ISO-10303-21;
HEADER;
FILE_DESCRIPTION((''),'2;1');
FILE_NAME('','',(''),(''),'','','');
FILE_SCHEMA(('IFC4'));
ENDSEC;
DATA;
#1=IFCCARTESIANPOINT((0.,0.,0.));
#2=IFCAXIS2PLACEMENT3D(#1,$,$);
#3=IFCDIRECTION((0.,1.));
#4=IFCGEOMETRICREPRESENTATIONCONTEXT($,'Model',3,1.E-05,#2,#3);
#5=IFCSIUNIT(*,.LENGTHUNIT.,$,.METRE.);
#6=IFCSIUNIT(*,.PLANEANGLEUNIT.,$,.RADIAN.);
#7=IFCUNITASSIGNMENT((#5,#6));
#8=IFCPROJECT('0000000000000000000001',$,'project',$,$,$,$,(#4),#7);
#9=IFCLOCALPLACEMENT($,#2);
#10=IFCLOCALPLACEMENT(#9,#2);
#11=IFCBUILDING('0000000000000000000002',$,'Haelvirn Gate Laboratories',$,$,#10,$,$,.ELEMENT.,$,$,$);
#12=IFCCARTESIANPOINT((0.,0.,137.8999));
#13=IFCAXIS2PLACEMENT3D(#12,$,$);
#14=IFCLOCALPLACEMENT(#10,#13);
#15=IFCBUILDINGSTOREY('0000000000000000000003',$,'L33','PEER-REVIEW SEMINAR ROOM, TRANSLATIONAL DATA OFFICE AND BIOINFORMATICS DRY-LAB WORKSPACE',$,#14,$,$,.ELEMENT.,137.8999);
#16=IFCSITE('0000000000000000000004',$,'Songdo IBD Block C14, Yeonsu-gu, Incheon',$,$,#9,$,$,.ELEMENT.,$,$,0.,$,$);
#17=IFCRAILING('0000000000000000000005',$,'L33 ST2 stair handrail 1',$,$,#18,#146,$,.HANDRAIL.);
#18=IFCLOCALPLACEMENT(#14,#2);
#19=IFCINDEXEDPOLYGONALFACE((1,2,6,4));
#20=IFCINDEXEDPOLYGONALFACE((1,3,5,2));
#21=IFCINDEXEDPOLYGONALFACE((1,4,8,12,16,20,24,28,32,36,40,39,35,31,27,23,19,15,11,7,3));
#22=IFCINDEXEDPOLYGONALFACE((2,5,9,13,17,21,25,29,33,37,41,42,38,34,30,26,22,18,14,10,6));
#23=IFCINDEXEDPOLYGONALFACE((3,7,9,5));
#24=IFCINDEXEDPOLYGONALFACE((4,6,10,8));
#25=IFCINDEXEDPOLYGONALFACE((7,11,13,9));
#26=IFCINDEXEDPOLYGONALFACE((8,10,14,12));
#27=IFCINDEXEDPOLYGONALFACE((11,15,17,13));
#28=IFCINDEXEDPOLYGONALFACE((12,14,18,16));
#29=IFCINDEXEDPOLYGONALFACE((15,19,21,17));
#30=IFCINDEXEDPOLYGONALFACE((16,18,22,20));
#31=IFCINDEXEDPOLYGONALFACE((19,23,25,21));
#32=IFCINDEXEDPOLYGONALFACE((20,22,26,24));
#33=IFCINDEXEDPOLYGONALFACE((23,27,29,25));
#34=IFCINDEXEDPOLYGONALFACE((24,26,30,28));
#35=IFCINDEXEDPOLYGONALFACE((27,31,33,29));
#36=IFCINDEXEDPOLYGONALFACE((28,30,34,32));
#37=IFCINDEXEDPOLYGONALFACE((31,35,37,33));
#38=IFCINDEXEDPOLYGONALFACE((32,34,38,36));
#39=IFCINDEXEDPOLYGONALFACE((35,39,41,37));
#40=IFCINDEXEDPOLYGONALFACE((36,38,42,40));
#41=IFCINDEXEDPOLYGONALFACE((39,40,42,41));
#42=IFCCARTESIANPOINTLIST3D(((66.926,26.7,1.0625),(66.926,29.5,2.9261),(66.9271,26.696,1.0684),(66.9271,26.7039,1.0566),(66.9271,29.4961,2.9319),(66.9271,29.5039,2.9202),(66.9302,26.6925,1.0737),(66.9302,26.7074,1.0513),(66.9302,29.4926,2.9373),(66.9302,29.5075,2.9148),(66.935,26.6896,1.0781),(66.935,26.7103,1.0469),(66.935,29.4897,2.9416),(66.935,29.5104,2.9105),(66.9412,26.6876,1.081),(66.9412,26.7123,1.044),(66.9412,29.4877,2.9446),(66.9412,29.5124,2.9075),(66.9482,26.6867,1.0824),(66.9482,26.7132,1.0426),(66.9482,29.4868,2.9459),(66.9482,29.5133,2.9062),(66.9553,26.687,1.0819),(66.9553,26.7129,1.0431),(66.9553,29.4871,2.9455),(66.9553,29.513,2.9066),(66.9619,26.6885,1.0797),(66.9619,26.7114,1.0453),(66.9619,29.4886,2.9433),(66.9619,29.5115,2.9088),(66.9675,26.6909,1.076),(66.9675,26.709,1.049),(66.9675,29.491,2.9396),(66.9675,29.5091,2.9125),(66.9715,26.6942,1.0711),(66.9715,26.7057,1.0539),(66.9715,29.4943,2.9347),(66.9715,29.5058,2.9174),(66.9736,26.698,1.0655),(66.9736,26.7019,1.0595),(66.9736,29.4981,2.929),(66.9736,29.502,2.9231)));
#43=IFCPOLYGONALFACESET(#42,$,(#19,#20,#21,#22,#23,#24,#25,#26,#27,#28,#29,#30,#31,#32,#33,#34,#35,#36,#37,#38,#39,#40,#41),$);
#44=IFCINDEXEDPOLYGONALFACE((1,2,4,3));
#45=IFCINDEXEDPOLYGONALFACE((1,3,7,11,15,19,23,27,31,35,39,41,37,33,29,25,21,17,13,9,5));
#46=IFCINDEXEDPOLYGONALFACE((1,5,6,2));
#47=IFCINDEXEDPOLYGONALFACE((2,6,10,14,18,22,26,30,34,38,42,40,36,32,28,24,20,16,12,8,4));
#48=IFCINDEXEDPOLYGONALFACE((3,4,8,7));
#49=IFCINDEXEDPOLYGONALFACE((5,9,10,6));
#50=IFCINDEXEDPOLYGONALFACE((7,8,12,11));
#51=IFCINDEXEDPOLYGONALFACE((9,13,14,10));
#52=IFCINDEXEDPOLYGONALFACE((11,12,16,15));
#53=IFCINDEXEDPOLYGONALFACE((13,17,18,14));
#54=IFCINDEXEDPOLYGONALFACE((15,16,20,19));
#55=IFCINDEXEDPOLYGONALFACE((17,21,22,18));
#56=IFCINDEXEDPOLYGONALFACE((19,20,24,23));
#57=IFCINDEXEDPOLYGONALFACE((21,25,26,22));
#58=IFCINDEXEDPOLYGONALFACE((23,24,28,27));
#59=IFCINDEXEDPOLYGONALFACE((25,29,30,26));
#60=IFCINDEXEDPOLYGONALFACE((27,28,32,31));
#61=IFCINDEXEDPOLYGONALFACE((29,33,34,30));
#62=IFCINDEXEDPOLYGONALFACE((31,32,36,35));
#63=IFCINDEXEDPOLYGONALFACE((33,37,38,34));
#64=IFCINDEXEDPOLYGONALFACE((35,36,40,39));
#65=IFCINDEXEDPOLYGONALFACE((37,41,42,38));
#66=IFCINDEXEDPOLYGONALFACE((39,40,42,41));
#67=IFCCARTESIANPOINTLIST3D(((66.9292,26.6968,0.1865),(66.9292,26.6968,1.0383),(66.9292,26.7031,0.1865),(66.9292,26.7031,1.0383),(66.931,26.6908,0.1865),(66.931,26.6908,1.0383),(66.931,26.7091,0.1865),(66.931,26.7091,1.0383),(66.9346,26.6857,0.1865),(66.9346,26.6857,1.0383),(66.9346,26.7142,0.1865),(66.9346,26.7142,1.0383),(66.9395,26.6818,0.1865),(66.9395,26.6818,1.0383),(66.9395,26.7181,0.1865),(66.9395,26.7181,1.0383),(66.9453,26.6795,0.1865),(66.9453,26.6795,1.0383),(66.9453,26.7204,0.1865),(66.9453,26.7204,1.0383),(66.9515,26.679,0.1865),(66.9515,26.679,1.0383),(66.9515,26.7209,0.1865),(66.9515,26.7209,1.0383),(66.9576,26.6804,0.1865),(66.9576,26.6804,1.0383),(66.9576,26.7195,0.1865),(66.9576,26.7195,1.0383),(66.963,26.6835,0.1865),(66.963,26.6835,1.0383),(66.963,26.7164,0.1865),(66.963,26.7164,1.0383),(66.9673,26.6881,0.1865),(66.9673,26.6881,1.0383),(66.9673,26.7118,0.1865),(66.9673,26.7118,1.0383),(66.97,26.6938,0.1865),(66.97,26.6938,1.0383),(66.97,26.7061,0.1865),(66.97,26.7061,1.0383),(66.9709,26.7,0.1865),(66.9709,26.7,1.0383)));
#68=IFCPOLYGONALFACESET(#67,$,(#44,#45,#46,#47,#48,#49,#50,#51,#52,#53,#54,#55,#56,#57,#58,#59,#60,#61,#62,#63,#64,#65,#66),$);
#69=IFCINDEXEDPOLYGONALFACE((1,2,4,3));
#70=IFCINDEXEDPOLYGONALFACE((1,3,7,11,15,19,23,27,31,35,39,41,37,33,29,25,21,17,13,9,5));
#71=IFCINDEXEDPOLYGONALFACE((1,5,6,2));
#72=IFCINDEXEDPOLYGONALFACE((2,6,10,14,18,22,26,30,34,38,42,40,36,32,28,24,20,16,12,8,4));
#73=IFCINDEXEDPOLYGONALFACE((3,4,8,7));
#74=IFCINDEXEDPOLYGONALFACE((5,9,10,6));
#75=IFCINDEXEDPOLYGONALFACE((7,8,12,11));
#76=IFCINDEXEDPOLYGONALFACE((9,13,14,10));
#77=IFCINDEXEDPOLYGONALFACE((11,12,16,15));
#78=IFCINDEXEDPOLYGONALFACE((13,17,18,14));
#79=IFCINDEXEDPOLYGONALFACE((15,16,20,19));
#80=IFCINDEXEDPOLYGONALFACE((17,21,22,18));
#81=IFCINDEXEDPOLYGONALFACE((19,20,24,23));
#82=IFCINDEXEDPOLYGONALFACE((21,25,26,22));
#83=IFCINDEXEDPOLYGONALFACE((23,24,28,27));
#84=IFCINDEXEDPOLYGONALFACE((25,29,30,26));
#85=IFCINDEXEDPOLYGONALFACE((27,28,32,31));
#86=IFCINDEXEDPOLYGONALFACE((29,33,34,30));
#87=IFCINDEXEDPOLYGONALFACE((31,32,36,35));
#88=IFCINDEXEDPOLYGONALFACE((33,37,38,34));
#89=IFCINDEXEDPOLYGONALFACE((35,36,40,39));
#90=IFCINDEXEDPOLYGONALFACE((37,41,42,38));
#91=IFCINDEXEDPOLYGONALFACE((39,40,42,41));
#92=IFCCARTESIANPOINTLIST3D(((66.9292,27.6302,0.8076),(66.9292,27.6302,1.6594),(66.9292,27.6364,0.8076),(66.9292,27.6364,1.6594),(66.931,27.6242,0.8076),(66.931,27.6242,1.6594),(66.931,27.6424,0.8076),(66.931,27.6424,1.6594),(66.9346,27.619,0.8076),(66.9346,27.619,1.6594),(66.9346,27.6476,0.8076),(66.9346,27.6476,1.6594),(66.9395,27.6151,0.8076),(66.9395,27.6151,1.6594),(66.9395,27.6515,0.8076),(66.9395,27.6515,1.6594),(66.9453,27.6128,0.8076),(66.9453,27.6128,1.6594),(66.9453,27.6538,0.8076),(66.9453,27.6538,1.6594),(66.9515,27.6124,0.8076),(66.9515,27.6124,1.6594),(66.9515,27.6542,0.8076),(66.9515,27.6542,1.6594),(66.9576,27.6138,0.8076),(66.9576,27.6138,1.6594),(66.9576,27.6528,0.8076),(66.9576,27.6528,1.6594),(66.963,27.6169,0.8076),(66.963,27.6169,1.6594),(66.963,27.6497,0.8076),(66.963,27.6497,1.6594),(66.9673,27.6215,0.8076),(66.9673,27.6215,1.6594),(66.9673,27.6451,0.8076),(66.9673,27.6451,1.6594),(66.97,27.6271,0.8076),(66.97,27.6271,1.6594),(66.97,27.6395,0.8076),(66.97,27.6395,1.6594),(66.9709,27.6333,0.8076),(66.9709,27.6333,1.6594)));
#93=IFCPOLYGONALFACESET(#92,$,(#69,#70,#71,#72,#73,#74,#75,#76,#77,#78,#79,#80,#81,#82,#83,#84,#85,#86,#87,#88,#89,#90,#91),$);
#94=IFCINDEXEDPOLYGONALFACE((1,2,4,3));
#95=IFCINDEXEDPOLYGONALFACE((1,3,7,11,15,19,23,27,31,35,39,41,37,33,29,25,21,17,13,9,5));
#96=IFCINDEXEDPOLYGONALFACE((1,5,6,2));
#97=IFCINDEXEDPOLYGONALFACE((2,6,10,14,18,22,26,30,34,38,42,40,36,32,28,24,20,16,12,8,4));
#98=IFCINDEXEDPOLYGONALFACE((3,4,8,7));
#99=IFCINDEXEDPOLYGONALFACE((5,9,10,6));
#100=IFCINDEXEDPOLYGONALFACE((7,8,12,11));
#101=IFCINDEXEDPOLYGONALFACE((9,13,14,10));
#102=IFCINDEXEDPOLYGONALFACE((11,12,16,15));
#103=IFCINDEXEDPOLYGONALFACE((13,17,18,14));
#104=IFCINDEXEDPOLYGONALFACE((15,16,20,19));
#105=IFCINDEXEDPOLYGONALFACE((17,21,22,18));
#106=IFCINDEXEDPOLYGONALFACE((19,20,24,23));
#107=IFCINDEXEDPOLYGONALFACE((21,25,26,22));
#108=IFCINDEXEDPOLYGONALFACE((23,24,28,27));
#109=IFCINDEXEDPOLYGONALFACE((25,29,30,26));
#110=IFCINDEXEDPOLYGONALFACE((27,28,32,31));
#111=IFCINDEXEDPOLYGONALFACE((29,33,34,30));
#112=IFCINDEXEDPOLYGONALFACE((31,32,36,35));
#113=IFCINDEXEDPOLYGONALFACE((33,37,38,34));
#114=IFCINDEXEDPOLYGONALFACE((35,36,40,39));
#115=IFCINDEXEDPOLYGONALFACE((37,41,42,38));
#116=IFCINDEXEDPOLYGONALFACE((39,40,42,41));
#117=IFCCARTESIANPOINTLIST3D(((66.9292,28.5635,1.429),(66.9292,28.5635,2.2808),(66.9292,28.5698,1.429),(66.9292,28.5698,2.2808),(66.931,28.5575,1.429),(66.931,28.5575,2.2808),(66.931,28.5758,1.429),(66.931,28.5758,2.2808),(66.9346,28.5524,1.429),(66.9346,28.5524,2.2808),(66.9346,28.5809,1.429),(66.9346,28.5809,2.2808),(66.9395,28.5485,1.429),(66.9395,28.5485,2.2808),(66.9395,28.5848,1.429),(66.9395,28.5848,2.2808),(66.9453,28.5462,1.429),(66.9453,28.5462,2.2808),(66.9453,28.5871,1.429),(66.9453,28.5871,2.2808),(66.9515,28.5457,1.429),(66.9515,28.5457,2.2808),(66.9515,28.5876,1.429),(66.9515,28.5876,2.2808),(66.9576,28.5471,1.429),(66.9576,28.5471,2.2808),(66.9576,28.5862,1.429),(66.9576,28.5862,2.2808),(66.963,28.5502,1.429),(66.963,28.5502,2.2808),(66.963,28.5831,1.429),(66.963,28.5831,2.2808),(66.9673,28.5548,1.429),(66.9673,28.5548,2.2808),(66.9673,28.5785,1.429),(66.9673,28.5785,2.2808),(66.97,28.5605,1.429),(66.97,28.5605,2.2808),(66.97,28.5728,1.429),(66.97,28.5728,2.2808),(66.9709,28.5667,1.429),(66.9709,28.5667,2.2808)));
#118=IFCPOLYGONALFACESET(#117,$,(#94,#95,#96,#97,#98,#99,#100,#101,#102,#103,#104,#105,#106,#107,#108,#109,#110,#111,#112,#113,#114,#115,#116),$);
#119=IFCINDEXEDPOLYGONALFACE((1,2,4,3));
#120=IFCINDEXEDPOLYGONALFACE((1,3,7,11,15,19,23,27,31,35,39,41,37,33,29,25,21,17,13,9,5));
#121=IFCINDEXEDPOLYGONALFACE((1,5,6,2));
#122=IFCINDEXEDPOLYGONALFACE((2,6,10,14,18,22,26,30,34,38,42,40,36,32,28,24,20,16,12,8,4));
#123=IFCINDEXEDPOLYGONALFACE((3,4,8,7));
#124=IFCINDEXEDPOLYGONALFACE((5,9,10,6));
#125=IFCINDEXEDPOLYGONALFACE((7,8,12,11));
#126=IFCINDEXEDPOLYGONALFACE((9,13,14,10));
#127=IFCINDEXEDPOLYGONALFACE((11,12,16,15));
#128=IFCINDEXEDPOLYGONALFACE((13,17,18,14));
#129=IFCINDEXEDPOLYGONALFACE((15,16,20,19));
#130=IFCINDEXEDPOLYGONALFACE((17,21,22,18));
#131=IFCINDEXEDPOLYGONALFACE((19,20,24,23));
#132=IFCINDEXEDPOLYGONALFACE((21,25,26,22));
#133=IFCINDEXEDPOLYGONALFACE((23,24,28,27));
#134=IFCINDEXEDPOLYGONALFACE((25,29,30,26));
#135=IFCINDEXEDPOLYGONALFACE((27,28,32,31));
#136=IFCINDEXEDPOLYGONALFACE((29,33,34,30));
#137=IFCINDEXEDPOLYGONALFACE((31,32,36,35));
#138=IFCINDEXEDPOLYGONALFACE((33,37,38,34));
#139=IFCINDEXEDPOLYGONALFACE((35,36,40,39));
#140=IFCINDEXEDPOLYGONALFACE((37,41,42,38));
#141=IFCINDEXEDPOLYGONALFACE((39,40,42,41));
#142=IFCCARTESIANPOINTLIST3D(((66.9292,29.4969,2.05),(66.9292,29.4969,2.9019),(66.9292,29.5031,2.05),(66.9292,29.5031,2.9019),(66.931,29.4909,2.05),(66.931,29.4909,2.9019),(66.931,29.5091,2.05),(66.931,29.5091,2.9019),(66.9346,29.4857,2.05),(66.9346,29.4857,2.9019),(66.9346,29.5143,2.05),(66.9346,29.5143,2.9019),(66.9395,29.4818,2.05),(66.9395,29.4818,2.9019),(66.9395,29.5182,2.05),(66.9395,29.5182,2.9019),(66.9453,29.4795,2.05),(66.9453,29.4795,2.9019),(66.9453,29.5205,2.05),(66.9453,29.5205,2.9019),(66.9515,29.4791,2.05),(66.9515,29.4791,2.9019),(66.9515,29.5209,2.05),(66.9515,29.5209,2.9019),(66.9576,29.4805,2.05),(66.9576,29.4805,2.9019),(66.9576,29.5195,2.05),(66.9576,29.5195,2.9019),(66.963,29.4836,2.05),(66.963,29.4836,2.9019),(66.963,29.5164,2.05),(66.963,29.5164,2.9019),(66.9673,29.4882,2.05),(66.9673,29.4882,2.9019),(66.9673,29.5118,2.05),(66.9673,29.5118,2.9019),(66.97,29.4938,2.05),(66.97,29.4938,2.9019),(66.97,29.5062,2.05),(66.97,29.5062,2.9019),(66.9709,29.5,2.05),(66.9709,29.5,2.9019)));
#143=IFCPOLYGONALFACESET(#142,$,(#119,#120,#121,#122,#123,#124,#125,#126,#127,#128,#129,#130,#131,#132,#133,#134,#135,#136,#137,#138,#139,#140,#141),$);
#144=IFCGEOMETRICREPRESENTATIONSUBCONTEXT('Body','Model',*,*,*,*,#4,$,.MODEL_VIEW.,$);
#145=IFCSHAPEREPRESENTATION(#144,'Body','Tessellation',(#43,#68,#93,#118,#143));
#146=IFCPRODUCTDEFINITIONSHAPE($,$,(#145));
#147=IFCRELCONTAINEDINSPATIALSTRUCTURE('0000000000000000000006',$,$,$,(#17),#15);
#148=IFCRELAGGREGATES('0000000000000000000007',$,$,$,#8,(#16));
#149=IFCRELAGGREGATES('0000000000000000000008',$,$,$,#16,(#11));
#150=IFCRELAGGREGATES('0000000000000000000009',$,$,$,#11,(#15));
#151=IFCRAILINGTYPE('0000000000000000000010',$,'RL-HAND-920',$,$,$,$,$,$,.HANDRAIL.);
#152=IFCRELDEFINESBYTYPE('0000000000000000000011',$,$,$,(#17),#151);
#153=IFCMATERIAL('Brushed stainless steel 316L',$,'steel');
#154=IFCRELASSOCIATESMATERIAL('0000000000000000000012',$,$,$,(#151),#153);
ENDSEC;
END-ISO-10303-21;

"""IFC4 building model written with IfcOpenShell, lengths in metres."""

from ifc_helpers import new_model, si_unit, direction, frame, origin, origin_2d, place, context, subcontext, project, spatial, circle, extrude, source, transform, mapped, material, type_object, element, save


model = new_model("IFC4")

# Units and contexts
model_context = context("Model", 3, precision=1e-05, world=origin(), true_north=direction((0.0, 1.0)))
body_context = subcontext(model_context, "Body", "Model", "MODEL_VIEW")
ifc_project = project(units=[si_unit("LENGTHUNIT", "METRE"), si_unit("PLANEANGLEUNIT", "RADIAN")], contexts=[model_context])

# Site, building, storey
site_placement = place(None, origin())
site = spatial("IfcSite", under=ifc_project, at=site_placement, Name="Songdo IBD Block C14, Yeonsu-gu, Incheon", CompositionType="ELEMENT", RefElevation=0.0)
building_placement = place(site_placement, origin())
building = spatial("IfcBuilding", under=site, at=building_placement, Name="Haelvirn Gate Laboratories", CompositionType="ELEMENT")
storey_placement = place(building_placement, frame((0.0, 0.0, 137.8999)))
storey = spatial("IfcBuildingStorey", under=building, at=storey_placement, Name="L33", Description="PEER-REVIEW SEMINAR ROOM, TRANSLATIONAL DATA OFFICE AND BIOINFORMATICS DRY-LAB WORKSPACE", CompositionType="ELEMENT", Elevation=137.8999)

# Railing
ifc_material_1 = material(Name="Brushed stainless steel 316L", Category="steel")
railing_type_1 = type_object("IfcRailingType", Name="RL-HAND-920", PredefinedType="HANDRAIL", material=ifc_material_1)
shared_shape_1 = source(origin(), body_context, "Body", "SweptSolid", [
    extrude(circle(Radius=0.0239, at=origin_2d()), frame((0.0, 0.0, 0.876), z_axis=(0.0, 0.832486, 0.554047), x_axis=(-1.0, 0.0, 0.0)), (0.0, 0.0, 1.0), 3.3635),
    extrude(circle(Radius=0.021, at=origin_2d()), origin(), (0.0, 0.0, 1.0), 0.8518),
    extrude(circle(Radius=0.021, at=origin_2d()), frame((0.0, 0.9333, 0.6211)), (0.0, 0.0, 1.0), 0.8518),
    extrude(circle(Radius=0.021, at=origin_2d()), frame((0.0, 1.8667, 1.2424)), (0.0, 0.0, 1.0), 0.8518),
    extrude(circle(Radius=0.021, at=origin_2d()), frame((0.0, 2.8, 1.8635)), (0.0, 0.0, 1.0), 0.8518),
])
railing_1_placement = place(storey_placement, frame((66.95, 26.7, 0.1865)))
element("IfcRailing", 1, at=railing_1_placement, inside=storey, type_object=railing_type_1, Name="L33 ST2 stair handrail 1", PredefinedType="HANDRAIL", context=body_context, shape_type="MappedRepresentation", body=[
    mapped(shared_shape_1, transform((0.0, 0.0, 0.0), scale=1.0)),
])

save(model, "model.ifc")
